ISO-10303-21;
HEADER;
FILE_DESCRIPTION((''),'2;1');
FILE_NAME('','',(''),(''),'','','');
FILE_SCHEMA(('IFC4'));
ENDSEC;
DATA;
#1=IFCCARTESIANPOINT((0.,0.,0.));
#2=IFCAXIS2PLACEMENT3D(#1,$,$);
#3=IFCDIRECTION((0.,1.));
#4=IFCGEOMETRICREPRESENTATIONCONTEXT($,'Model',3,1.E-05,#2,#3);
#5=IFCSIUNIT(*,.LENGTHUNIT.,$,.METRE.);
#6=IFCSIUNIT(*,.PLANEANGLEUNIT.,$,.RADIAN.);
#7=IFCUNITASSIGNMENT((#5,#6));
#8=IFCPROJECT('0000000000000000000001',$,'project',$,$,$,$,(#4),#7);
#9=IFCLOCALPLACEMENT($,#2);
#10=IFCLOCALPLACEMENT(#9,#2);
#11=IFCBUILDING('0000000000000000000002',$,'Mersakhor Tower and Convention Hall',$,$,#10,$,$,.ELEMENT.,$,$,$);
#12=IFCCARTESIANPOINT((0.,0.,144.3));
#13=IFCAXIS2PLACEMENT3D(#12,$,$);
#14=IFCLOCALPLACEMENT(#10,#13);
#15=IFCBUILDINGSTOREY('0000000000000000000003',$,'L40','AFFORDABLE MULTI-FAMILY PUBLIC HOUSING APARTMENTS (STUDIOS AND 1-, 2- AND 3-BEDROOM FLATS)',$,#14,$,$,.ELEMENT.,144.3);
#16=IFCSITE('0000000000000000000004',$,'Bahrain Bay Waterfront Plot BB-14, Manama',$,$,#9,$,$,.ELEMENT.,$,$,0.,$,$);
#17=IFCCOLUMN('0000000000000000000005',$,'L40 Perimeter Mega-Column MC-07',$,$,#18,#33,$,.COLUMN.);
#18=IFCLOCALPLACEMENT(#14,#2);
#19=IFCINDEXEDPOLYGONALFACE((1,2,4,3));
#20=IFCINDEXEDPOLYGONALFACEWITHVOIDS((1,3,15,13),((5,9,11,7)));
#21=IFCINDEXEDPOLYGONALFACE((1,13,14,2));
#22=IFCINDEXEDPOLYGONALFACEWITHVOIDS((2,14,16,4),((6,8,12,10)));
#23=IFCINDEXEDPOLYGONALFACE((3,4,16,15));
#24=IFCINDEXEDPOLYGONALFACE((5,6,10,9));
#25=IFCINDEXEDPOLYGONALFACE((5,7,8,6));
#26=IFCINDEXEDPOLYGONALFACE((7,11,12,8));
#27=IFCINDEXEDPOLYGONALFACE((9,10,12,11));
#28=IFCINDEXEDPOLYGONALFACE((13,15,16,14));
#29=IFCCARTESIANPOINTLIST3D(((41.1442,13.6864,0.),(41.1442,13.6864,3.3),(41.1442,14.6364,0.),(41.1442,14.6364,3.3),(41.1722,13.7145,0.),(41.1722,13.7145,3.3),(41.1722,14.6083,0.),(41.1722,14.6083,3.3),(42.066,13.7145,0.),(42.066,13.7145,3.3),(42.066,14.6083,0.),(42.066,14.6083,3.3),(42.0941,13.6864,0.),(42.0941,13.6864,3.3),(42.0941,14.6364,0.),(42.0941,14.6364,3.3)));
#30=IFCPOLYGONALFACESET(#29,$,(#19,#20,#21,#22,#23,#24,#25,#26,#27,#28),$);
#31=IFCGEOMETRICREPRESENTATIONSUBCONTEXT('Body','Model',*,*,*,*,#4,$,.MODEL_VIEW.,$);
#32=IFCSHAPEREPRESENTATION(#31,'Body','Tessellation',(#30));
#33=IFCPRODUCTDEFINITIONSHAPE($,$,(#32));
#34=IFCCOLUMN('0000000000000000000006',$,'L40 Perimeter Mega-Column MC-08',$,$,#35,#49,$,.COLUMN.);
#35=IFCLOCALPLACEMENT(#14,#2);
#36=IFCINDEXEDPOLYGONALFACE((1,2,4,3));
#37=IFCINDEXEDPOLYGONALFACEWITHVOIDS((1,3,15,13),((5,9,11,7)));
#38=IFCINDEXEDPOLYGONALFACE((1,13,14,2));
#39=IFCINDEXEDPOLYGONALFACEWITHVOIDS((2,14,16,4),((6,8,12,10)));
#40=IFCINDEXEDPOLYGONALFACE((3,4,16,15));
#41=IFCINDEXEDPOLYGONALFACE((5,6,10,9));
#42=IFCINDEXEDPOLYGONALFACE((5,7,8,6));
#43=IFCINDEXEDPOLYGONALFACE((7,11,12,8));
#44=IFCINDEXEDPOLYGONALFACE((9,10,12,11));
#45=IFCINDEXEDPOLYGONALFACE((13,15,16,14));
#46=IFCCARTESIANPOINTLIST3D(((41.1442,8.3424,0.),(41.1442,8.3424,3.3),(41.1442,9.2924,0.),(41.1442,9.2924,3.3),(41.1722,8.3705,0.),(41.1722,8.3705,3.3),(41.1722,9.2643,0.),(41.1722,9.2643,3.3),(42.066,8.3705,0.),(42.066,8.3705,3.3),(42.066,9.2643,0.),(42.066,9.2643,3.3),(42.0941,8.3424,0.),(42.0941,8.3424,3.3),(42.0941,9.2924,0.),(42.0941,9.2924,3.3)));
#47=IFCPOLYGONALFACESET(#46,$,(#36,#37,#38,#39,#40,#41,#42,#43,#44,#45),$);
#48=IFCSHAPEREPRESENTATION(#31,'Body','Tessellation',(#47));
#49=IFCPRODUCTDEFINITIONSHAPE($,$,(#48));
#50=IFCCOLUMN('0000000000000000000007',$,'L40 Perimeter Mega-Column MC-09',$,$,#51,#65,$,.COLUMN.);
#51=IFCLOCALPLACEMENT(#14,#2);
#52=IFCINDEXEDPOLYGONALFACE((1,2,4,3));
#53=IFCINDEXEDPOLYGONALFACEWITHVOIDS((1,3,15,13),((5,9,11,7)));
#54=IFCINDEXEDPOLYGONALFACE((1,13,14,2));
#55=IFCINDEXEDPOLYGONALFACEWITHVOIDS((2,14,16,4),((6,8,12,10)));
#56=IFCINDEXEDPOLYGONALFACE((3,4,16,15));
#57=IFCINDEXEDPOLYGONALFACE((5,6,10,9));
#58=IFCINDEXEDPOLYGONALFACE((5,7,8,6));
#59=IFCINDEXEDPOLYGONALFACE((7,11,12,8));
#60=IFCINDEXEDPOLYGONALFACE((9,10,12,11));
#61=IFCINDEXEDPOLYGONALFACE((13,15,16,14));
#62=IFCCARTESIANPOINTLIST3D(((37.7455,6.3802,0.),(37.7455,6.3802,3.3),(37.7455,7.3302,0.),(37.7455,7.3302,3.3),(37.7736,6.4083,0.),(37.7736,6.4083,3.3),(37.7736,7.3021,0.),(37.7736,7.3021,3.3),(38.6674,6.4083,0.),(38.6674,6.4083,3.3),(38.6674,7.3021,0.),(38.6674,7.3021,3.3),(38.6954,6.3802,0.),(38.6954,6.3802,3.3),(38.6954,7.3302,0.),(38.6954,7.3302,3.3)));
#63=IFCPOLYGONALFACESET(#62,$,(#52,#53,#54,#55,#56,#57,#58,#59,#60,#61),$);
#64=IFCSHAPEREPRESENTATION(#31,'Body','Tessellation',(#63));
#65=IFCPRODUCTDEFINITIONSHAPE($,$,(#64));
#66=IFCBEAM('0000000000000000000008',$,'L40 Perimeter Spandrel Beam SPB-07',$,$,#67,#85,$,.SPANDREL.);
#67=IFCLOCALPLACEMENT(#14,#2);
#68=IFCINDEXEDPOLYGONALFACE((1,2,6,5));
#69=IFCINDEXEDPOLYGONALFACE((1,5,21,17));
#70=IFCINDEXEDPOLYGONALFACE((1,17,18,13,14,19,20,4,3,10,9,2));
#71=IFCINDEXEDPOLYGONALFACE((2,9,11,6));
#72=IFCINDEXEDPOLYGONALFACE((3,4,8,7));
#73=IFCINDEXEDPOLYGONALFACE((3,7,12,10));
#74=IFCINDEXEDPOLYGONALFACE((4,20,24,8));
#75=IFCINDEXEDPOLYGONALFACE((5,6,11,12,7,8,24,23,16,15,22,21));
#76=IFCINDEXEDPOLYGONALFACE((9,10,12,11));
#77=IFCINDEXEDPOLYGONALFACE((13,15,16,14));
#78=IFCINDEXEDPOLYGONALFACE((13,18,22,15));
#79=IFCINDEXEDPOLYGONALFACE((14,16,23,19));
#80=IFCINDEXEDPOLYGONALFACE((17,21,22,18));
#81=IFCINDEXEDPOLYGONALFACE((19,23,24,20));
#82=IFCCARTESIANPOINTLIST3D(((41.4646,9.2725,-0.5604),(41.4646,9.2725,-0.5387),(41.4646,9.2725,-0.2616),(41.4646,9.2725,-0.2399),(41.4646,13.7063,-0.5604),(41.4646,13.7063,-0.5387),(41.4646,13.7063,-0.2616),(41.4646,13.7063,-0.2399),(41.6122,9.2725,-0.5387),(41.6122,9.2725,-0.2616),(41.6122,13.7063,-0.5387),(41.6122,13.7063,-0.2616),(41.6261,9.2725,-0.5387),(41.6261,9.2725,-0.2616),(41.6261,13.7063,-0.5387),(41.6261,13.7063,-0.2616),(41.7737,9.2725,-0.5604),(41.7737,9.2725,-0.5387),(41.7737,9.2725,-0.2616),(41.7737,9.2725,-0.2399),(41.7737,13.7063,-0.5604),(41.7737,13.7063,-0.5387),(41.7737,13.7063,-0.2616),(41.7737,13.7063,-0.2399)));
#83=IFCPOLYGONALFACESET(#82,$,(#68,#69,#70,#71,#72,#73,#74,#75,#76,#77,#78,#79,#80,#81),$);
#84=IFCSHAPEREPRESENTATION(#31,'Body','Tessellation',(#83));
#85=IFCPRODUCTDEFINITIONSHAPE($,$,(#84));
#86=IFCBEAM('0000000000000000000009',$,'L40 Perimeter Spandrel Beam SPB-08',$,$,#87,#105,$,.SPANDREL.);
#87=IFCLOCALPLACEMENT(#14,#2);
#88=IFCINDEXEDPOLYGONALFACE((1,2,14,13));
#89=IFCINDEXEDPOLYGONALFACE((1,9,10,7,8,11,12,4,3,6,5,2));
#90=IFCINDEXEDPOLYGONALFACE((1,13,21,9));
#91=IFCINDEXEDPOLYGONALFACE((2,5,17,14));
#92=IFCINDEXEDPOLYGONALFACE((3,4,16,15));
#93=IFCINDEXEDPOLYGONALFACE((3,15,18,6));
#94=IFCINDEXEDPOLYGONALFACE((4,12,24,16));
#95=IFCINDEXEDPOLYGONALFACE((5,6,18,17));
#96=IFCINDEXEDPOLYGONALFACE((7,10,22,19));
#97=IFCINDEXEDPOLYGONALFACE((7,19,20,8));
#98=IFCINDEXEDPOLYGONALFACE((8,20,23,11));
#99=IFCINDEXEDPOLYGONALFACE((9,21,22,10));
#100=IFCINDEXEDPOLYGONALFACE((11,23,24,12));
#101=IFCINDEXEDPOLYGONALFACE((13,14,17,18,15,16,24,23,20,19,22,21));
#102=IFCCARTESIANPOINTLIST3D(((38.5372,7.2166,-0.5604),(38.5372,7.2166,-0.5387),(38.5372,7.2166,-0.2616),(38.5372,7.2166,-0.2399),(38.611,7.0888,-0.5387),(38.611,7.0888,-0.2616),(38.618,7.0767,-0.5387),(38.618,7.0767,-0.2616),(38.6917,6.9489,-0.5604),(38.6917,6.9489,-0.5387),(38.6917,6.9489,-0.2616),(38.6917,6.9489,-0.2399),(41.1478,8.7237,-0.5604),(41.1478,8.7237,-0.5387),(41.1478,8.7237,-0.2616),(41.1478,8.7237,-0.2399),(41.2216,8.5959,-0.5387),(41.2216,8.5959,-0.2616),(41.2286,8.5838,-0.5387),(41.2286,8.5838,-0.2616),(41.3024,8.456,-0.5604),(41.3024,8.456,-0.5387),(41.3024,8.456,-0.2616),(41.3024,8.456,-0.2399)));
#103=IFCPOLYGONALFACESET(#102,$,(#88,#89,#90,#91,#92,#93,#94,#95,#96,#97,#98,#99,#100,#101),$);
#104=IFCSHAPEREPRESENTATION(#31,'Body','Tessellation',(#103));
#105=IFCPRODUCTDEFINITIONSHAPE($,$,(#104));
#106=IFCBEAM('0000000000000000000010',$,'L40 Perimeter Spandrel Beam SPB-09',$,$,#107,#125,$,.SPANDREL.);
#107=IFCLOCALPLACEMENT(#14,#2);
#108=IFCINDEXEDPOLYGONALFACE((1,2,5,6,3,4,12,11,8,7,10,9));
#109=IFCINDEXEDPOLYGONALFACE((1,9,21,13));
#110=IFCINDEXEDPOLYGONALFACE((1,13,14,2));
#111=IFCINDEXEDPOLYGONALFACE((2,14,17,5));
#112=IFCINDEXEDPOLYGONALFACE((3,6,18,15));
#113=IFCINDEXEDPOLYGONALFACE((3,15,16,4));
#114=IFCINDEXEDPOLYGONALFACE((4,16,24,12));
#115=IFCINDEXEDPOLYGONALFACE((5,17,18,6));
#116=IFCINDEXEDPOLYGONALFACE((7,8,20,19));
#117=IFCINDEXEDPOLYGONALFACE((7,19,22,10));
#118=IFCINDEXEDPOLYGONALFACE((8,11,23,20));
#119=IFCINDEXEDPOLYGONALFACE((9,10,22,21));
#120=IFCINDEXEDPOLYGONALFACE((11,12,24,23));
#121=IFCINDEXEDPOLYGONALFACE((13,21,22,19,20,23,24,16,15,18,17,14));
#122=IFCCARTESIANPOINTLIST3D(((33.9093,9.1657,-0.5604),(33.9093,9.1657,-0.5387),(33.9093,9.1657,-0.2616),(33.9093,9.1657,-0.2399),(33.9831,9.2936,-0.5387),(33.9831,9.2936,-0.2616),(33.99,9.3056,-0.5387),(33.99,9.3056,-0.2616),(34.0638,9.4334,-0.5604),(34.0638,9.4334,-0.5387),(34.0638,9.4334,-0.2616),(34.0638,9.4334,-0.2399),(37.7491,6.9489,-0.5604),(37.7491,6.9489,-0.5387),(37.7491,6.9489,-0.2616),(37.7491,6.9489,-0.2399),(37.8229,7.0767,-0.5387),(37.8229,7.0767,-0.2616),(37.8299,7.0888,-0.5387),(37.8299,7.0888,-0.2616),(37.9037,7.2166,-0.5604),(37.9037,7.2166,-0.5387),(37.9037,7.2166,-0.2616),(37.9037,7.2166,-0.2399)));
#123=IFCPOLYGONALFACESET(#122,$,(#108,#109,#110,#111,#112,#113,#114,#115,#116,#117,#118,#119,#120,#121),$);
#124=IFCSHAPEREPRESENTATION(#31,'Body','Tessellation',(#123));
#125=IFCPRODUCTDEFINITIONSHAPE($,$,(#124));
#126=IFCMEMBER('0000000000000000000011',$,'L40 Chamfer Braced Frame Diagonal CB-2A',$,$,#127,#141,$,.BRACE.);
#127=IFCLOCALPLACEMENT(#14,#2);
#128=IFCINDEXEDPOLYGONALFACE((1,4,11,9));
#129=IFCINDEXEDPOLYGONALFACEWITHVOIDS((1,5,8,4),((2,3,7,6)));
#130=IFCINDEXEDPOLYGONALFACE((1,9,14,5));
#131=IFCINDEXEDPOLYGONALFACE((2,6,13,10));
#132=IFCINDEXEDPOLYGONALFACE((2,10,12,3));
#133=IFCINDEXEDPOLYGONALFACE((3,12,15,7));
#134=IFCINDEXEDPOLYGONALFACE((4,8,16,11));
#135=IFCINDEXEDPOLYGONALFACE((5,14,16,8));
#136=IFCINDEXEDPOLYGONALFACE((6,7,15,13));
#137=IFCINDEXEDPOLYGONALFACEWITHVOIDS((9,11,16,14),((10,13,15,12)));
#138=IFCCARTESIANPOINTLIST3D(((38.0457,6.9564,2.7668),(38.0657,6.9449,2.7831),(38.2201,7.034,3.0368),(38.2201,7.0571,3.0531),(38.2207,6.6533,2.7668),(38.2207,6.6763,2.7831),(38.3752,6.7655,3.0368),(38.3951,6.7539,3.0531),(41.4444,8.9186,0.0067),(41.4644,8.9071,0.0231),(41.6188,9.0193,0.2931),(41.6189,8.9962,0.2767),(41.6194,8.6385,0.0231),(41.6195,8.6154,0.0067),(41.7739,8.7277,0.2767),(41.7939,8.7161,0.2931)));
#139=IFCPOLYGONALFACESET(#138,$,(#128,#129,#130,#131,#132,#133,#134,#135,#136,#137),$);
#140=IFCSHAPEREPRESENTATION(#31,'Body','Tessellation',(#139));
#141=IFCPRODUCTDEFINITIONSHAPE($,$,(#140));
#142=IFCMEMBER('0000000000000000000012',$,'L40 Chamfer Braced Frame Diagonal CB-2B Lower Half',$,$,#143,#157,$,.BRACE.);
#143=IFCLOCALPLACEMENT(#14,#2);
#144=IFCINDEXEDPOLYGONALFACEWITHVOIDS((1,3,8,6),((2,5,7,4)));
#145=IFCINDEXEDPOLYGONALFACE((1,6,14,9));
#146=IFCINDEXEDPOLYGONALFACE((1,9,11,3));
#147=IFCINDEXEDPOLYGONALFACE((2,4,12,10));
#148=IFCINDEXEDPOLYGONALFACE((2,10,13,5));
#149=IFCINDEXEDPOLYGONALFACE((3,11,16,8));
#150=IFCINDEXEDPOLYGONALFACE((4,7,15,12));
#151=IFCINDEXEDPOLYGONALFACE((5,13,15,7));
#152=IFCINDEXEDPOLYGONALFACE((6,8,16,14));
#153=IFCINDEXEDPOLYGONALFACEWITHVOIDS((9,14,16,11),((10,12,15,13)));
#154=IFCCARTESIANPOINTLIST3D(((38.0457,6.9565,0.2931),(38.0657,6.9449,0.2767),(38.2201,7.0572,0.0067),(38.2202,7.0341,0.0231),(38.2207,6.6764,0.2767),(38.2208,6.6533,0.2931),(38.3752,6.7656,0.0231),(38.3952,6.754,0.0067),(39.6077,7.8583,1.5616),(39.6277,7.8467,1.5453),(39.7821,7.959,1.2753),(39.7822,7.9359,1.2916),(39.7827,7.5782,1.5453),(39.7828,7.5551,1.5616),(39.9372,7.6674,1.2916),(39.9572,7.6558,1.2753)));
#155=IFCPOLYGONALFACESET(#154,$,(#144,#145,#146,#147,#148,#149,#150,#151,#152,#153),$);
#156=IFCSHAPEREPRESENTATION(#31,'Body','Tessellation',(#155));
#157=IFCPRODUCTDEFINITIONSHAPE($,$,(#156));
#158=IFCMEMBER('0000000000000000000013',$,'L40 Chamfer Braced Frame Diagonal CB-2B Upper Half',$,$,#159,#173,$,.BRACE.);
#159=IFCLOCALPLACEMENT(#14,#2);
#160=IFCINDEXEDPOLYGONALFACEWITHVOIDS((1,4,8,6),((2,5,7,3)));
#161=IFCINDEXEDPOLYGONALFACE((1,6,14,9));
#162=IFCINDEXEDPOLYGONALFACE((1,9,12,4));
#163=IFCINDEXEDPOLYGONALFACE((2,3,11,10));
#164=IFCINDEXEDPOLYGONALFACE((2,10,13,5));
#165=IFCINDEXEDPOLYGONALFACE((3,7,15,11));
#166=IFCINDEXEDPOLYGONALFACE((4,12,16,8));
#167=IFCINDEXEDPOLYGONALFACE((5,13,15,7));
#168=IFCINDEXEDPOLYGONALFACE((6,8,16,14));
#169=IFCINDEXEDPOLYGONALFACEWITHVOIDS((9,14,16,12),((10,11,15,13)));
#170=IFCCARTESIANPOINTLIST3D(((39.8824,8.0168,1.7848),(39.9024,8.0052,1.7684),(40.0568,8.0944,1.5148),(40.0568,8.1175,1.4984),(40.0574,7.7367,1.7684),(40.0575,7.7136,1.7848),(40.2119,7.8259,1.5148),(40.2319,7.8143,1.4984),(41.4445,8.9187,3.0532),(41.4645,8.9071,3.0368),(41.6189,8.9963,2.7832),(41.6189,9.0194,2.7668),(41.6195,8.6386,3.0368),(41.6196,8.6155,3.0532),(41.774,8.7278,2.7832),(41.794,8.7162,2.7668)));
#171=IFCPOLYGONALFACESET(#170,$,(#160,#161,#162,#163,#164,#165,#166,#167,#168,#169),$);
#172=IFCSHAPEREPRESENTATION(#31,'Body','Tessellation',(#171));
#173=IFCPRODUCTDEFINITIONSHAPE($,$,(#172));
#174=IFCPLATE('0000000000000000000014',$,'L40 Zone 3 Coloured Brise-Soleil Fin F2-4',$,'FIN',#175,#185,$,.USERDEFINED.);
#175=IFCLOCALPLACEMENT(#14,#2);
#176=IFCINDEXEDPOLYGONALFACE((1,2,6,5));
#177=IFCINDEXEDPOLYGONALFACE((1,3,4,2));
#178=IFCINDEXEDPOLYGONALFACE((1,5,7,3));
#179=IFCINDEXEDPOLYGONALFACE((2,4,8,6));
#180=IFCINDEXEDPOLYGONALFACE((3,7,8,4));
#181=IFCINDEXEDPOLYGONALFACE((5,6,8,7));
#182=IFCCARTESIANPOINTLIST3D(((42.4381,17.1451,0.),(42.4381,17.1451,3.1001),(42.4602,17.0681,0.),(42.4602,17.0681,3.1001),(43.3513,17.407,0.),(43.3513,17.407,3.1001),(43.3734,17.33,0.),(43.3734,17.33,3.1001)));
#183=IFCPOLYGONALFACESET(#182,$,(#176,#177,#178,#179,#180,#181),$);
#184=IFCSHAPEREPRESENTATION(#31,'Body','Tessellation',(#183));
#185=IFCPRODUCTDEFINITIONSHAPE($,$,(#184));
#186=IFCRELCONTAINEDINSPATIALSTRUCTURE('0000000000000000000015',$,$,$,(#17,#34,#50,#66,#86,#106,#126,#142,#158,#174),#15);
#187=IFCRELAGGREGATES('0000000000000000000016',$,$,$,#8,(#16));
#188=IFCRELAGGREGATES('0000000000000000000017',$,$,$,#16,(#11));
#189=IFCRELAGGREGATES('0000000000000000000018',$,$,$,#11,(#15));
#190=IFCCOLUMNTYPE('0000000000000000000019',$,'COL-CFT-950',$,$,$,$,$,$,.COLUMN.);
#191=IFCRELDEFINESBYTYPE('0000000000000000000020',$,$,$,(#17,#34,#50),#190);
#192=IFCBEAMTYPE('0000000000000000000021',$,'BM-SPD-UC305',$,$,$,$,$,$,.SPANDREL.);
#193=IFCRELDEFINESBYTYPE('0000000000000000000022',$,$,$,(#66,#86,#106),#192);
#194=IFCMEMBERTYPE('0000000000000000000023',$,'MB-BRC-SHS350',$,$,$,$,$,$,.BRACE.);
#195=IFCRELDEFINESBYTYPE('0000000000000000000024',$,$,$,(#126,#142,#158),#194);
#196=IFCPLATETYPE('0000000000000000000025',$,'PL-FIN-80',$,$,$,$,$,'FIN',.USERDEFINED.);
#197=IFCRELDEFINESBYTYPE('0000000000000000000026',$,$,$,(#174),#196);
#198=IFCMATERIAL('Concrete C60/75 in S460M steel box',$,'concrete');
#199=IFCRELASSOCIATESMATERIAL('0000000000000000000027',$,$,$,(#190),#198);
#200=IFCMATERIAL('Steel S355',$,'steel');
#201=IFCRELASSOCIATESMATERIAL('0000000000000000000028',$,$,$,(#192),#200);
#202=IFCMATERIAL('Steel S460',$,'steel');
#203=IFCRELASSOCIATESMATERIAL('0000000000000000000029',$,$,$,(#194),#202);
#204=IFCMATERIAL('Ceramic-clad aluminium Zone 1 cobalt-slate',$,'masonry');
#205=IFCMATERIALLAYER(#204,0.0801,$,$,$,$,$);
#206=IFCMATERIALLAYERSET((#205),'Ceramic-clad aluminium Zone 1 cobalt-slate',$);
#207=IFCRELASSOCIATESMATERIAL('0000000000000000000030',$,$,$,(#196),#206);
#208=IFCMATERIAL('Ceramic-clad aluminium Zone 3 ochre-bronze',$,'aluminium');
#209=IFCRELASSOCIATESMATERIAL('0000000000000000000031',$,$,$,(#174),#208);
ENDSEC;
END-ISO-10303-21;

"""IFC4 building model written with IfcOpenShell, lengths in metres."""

from ifc_helpers import new_model, si_unit, direction, frame, origin, origin_2d, place, context, subcontext, project, spatial, rectangle, hollow_rectangle, i_section, extrude, material, layer, layer_set, material_profile, profile_set, type_object, element, save


model = new_model("IFC4")

# Units and contexts
model_context = context("Model", 3, precision=1e-05, world=origin(), true_north=direction((0.0, 1.0)))
body_context = subcontext(model_context, "Body", "Model", "MODEL_VIEW")
ifc_project = project(units=[si_unit("LENGTHUNIT", "METRE"), si_unit("PLANEANGLEUNIT", "RADIAN")], contexts=[model_context])

# Site, building, storey
site_placement = place(None, origin())
site = spatial("IfcSite", under=ifc_project, at=site_placement, Name="Bahrain Bay Waterfront Plot BB-14, Manama", CompositionType="ELEMENT", RefElevation=0.0)
building_placement = place(site_placement, origin())
building = spatial("IfcBuilding", under=site, at=building_placement, Name="Mersakhor Tower and Convention Hall", CompositionType="ELEMENT")
storey_placement = place(building_placement, frame((0.0, 0.0, 144.3)))
storey = spatial("IfcBuildingStorey", under=building, at=storey_placement, Name="L40", Description="AFFORDABLE MULTI-FAMILY PUBLIC HOUSING APARTMENTS (STUDIOS AND 1-, 2- AND 3-BEDROOM FLATS)", CompositionType="ELEMENT", Elevation=144.3)

# Columns
ifc_material_1 = material(Name="Concrete C60/75 in S460M steel box", Category="concrete")
ifc_material_profile_1 = material_profile(ifc_material_1, hollow_rectangle(XDim=0.95, YDim=0.95, WallThickness=0.0281, at=origin_2d()), Name="SHS 950x950x28")
ifc_profile_set_1 = profile_set([ifc_material_profile_1], Name="Concrete C60/75 in S460M steel box")
column_type = type_object("IfcColumnType", Name="COL-CFT-950", PredefinedType="COLUMN", material=ifc_profile_set_1)
for number, where, z_axis, x_axis, name in (
    (1, (41.6191, 14.1614, 0.0), (0.0, 0.0, 1.0), (1.0, 0.0, 0.0), "L40 Perimeter Mega-Column MC-07"),
    (2, (41.6191, 8.8174, 0.0), (0.0, 0.0, 1.0), (1.0, 0.0, 0.0), "L40 Perimeter Mega-Column MC-08"),
    (3, (38.2205, 6.8552, 0.0), (0.0, 0.0, 1.0), (1.0, 0.0, 0.0), "L40 Perimeter Mega-Column MC-09"),
):
    element("IfcColumn", number, at=place(storey_placement, frame(where, z_axis=z_axis, x_axis=x_axis)), inside=storey, type_object=column_type, Name=name, PredefinedType="COLUMN", context=body_context, shape_type="SweptSolid", body=[
        extrude(hollow_rectangle(XDim=0.95, YDim=0.95, WallThickness=0.0281, at=origin_2d()), origin(), (0.0, 0.0, 1.0), 3.3),
    ])

# Beams
ifc_material_2 = material(Name="Steel S355", Category="steel")
ifc_material_profile_2 = material_profile(ifc_material_2, i_section(OverallWidth=0.3091, OverallDepth=0.3206, WebThickness=0.0139, FlangeThickness=0.0217, at=origin_2d()), Name="UC 305x305x137")
ifc_profile_set_2 = profile_set([ifc_material_profile_2], Name="Steel S355")
beam_type = type_object("IfcBeamType", Name="BM-SPD-UC305", PredefinedType="SPANDREL", material=ifc_profile_set_2)
beam_1_placement = place(storey_placement, frame((41.6191, 13.7063, -0.4001), z_axis=(0.0, -1.0, 0.0), x_axis=(1.0, 0.0, 0.0)))
element("IfcBeam", 4, at=beam_1_placement, inside=storey, type_object=beam_type, Name="L40 Perimeter Spandrel Beam SPB-07", PredefinedType="SPANDREL", context=body_context, shape_type="SweptSolid", body=[
    extrude(i_section(OverallWidth=0.3091, OverallDepth=0.3206, WebThickness=0.0139, FlangeThickness=0.0217, at=origin_2d()), origin(), (0.0, 0.0, 1.0), 4.4338),
])
beam_2_placement = place(storey_placement, frame((41.2251, 8.5898, -0.4001), z_axis=(-0.866047, -0.499963, 0.0), x_axis=(0.499963, -0.866047, 0.0)))
element("IfcBeam", 5, at=beam_2_placement, inside=storey, type_object=beam_type, Name="L40 Perimeter Spandrel Beam SPB-08", PredefinedType="SPANDREL", context=body_context, shape_type="SweptSolid", body=[
    extrude(i_section(OverallWidth=0.3091, OverallDepth=0.3206, WebThickness=0.0139, FlangeThickness=0.0217, at=origin_2d()), origin(), (0.0, 0.0, 1.0), 3.0144),
])
beam_3_placement = place(storey_placement, frame((37.8264, 7.0828, -0.4001), z_axis=(-0.866039, 0.499977, 0.0), x_axis=(-0.499977, -0.866039, 0.0)))
element("IfcBeam", 6, at=beam_3_placement, inside=storey, type_object=beam_type, Name="L40 Perimeter Spandrel Beam SPB-09", PredefinedType="SPANDREL", context=body_context, shape_type="SweptSolid", body=[
    extrude(i_section(OverallWidth=0.3091, OverallDepth=0.3206, WebThickness=0.0139, FlangeThickness=0.0217, at=origin_2d()), origin(), (0.0, 0.0, 1.0), 4.4338),
])

# Members
ifc_material_3 = material(Name="Steel S460", Category="steel")
ifc_material_profile_3 = material_profile(ifc_material_3, hollow_rectangle(XDim=0.3501, YDim=0.3501, WallThickness=0.02, at=origin_2d()), Name="SHS 350x350x20")
ifc_profile_set_3 = profile_set([ifc_material_profile_3], Name="Steel S460")
member_type = type_object("IfcMemberType", Name="MB-BRC-SHS350", PredefinedType="BRACE", material=ifc_profile_set_3)
member_placement = place(storey_placement, frame((41.6191, 8.8174, 0.1499), z_axis=(-0.708385, -0.408972, 0.575267), x_axis=(0.499986, -0.866033, 0.0)))
element("IfcMember", 7, at=member_placement, inside=storey, type_object=member_type, Name="L40 Chamfer Braced Frame Diagonal CB-2A", PredefinedType="BRACE", context=body_context, shape_type="SweptSolid", body=[
    extrude(hollow_rectangle(XDim=0.3501, YDim=0.3501, WallThickness=0.02, at=origin_2d()), origin(), (0.0, 0.0, 1.0), 4.7979),
])
for number, where, z_axis, x_axis, name in (
    (8, (38.2205, 6.8552, 0.1499), (0.708364, 0.408987, 0.575283), (-0.500011, 0.866019, 0.0), "L40 Chamfer Braced Frame Diagonal CB-2B Lower Half"),
    (9, (40.0571, 7.9155, 1.6416), (0.708409, 0.409013, 0.575209), (-0.500011, 0.866019, 0.0), "L40 Chamfer Braced Frame Diagonal CB-2B Upper Half"),
):
    element("IfcMember", number, at=place(storey_placement, frame(where, z_axis=z_axis, x_axis=x_axis)), inside=storey, type_object=member_type, Name=name, PredefinedType="BRACE", context=body_context, shape_type="SweptSolid", body=[
        extrude(hollow_rectangle(XDim=0.3501, YDim=0.3501, WallThickness=0.02, at=origin_2d()), origin(), (0.0, 0.0, 1.0), 2.2051),
    ])

# Plate
ifc_material_4 = material(Name="Ceramic-clad aluminium Zone 3 ochre-bronze", Category="aluminium")
ifc_material_5 = material(Name="Ceramic-clad aluminium Zone 1 cobalt-slate", Category="masonry")
ifc_layer_1 = layer(ifc_material_5, 0.0801)
ifc_layer_set_1 = layer_set([ifc_layer_1], Name="Ceramic-clad aluminium Zone 1 cobalt-slate")
plate_type_1 = type_object("IfcPlateType", Name="PL-FIN-80", ElementType="FIN", PredefinedType="USERDEFINED", material=ifc_layer_set_1)
plate_1_placement = place(storey_placement, frame((42.9058, 17.2375, 0.0), z_axis=(0.0, 0.0, 1.0), x_axis=(0.961262, 0.275637, 0.0)))
element("IfcPlate", 10, at=plate_1_placement, inside=storey, type_object=plate_type_1, material=ifc_material_4, Name="L40 Zone 3 Coloured Brise-Soleil Fin F2-4", ObjectType="FIN", PredefinedType="USERDEFINED", context=body_context, shape_type="SweptSolid", body=[
    extrude(rectangle(XDim=0.95, YDim=0.0801, at=origin_2d()), origin(), (0.0, 0.0, 1.0), 3.1001),
])

save(model, "model.ifc")
